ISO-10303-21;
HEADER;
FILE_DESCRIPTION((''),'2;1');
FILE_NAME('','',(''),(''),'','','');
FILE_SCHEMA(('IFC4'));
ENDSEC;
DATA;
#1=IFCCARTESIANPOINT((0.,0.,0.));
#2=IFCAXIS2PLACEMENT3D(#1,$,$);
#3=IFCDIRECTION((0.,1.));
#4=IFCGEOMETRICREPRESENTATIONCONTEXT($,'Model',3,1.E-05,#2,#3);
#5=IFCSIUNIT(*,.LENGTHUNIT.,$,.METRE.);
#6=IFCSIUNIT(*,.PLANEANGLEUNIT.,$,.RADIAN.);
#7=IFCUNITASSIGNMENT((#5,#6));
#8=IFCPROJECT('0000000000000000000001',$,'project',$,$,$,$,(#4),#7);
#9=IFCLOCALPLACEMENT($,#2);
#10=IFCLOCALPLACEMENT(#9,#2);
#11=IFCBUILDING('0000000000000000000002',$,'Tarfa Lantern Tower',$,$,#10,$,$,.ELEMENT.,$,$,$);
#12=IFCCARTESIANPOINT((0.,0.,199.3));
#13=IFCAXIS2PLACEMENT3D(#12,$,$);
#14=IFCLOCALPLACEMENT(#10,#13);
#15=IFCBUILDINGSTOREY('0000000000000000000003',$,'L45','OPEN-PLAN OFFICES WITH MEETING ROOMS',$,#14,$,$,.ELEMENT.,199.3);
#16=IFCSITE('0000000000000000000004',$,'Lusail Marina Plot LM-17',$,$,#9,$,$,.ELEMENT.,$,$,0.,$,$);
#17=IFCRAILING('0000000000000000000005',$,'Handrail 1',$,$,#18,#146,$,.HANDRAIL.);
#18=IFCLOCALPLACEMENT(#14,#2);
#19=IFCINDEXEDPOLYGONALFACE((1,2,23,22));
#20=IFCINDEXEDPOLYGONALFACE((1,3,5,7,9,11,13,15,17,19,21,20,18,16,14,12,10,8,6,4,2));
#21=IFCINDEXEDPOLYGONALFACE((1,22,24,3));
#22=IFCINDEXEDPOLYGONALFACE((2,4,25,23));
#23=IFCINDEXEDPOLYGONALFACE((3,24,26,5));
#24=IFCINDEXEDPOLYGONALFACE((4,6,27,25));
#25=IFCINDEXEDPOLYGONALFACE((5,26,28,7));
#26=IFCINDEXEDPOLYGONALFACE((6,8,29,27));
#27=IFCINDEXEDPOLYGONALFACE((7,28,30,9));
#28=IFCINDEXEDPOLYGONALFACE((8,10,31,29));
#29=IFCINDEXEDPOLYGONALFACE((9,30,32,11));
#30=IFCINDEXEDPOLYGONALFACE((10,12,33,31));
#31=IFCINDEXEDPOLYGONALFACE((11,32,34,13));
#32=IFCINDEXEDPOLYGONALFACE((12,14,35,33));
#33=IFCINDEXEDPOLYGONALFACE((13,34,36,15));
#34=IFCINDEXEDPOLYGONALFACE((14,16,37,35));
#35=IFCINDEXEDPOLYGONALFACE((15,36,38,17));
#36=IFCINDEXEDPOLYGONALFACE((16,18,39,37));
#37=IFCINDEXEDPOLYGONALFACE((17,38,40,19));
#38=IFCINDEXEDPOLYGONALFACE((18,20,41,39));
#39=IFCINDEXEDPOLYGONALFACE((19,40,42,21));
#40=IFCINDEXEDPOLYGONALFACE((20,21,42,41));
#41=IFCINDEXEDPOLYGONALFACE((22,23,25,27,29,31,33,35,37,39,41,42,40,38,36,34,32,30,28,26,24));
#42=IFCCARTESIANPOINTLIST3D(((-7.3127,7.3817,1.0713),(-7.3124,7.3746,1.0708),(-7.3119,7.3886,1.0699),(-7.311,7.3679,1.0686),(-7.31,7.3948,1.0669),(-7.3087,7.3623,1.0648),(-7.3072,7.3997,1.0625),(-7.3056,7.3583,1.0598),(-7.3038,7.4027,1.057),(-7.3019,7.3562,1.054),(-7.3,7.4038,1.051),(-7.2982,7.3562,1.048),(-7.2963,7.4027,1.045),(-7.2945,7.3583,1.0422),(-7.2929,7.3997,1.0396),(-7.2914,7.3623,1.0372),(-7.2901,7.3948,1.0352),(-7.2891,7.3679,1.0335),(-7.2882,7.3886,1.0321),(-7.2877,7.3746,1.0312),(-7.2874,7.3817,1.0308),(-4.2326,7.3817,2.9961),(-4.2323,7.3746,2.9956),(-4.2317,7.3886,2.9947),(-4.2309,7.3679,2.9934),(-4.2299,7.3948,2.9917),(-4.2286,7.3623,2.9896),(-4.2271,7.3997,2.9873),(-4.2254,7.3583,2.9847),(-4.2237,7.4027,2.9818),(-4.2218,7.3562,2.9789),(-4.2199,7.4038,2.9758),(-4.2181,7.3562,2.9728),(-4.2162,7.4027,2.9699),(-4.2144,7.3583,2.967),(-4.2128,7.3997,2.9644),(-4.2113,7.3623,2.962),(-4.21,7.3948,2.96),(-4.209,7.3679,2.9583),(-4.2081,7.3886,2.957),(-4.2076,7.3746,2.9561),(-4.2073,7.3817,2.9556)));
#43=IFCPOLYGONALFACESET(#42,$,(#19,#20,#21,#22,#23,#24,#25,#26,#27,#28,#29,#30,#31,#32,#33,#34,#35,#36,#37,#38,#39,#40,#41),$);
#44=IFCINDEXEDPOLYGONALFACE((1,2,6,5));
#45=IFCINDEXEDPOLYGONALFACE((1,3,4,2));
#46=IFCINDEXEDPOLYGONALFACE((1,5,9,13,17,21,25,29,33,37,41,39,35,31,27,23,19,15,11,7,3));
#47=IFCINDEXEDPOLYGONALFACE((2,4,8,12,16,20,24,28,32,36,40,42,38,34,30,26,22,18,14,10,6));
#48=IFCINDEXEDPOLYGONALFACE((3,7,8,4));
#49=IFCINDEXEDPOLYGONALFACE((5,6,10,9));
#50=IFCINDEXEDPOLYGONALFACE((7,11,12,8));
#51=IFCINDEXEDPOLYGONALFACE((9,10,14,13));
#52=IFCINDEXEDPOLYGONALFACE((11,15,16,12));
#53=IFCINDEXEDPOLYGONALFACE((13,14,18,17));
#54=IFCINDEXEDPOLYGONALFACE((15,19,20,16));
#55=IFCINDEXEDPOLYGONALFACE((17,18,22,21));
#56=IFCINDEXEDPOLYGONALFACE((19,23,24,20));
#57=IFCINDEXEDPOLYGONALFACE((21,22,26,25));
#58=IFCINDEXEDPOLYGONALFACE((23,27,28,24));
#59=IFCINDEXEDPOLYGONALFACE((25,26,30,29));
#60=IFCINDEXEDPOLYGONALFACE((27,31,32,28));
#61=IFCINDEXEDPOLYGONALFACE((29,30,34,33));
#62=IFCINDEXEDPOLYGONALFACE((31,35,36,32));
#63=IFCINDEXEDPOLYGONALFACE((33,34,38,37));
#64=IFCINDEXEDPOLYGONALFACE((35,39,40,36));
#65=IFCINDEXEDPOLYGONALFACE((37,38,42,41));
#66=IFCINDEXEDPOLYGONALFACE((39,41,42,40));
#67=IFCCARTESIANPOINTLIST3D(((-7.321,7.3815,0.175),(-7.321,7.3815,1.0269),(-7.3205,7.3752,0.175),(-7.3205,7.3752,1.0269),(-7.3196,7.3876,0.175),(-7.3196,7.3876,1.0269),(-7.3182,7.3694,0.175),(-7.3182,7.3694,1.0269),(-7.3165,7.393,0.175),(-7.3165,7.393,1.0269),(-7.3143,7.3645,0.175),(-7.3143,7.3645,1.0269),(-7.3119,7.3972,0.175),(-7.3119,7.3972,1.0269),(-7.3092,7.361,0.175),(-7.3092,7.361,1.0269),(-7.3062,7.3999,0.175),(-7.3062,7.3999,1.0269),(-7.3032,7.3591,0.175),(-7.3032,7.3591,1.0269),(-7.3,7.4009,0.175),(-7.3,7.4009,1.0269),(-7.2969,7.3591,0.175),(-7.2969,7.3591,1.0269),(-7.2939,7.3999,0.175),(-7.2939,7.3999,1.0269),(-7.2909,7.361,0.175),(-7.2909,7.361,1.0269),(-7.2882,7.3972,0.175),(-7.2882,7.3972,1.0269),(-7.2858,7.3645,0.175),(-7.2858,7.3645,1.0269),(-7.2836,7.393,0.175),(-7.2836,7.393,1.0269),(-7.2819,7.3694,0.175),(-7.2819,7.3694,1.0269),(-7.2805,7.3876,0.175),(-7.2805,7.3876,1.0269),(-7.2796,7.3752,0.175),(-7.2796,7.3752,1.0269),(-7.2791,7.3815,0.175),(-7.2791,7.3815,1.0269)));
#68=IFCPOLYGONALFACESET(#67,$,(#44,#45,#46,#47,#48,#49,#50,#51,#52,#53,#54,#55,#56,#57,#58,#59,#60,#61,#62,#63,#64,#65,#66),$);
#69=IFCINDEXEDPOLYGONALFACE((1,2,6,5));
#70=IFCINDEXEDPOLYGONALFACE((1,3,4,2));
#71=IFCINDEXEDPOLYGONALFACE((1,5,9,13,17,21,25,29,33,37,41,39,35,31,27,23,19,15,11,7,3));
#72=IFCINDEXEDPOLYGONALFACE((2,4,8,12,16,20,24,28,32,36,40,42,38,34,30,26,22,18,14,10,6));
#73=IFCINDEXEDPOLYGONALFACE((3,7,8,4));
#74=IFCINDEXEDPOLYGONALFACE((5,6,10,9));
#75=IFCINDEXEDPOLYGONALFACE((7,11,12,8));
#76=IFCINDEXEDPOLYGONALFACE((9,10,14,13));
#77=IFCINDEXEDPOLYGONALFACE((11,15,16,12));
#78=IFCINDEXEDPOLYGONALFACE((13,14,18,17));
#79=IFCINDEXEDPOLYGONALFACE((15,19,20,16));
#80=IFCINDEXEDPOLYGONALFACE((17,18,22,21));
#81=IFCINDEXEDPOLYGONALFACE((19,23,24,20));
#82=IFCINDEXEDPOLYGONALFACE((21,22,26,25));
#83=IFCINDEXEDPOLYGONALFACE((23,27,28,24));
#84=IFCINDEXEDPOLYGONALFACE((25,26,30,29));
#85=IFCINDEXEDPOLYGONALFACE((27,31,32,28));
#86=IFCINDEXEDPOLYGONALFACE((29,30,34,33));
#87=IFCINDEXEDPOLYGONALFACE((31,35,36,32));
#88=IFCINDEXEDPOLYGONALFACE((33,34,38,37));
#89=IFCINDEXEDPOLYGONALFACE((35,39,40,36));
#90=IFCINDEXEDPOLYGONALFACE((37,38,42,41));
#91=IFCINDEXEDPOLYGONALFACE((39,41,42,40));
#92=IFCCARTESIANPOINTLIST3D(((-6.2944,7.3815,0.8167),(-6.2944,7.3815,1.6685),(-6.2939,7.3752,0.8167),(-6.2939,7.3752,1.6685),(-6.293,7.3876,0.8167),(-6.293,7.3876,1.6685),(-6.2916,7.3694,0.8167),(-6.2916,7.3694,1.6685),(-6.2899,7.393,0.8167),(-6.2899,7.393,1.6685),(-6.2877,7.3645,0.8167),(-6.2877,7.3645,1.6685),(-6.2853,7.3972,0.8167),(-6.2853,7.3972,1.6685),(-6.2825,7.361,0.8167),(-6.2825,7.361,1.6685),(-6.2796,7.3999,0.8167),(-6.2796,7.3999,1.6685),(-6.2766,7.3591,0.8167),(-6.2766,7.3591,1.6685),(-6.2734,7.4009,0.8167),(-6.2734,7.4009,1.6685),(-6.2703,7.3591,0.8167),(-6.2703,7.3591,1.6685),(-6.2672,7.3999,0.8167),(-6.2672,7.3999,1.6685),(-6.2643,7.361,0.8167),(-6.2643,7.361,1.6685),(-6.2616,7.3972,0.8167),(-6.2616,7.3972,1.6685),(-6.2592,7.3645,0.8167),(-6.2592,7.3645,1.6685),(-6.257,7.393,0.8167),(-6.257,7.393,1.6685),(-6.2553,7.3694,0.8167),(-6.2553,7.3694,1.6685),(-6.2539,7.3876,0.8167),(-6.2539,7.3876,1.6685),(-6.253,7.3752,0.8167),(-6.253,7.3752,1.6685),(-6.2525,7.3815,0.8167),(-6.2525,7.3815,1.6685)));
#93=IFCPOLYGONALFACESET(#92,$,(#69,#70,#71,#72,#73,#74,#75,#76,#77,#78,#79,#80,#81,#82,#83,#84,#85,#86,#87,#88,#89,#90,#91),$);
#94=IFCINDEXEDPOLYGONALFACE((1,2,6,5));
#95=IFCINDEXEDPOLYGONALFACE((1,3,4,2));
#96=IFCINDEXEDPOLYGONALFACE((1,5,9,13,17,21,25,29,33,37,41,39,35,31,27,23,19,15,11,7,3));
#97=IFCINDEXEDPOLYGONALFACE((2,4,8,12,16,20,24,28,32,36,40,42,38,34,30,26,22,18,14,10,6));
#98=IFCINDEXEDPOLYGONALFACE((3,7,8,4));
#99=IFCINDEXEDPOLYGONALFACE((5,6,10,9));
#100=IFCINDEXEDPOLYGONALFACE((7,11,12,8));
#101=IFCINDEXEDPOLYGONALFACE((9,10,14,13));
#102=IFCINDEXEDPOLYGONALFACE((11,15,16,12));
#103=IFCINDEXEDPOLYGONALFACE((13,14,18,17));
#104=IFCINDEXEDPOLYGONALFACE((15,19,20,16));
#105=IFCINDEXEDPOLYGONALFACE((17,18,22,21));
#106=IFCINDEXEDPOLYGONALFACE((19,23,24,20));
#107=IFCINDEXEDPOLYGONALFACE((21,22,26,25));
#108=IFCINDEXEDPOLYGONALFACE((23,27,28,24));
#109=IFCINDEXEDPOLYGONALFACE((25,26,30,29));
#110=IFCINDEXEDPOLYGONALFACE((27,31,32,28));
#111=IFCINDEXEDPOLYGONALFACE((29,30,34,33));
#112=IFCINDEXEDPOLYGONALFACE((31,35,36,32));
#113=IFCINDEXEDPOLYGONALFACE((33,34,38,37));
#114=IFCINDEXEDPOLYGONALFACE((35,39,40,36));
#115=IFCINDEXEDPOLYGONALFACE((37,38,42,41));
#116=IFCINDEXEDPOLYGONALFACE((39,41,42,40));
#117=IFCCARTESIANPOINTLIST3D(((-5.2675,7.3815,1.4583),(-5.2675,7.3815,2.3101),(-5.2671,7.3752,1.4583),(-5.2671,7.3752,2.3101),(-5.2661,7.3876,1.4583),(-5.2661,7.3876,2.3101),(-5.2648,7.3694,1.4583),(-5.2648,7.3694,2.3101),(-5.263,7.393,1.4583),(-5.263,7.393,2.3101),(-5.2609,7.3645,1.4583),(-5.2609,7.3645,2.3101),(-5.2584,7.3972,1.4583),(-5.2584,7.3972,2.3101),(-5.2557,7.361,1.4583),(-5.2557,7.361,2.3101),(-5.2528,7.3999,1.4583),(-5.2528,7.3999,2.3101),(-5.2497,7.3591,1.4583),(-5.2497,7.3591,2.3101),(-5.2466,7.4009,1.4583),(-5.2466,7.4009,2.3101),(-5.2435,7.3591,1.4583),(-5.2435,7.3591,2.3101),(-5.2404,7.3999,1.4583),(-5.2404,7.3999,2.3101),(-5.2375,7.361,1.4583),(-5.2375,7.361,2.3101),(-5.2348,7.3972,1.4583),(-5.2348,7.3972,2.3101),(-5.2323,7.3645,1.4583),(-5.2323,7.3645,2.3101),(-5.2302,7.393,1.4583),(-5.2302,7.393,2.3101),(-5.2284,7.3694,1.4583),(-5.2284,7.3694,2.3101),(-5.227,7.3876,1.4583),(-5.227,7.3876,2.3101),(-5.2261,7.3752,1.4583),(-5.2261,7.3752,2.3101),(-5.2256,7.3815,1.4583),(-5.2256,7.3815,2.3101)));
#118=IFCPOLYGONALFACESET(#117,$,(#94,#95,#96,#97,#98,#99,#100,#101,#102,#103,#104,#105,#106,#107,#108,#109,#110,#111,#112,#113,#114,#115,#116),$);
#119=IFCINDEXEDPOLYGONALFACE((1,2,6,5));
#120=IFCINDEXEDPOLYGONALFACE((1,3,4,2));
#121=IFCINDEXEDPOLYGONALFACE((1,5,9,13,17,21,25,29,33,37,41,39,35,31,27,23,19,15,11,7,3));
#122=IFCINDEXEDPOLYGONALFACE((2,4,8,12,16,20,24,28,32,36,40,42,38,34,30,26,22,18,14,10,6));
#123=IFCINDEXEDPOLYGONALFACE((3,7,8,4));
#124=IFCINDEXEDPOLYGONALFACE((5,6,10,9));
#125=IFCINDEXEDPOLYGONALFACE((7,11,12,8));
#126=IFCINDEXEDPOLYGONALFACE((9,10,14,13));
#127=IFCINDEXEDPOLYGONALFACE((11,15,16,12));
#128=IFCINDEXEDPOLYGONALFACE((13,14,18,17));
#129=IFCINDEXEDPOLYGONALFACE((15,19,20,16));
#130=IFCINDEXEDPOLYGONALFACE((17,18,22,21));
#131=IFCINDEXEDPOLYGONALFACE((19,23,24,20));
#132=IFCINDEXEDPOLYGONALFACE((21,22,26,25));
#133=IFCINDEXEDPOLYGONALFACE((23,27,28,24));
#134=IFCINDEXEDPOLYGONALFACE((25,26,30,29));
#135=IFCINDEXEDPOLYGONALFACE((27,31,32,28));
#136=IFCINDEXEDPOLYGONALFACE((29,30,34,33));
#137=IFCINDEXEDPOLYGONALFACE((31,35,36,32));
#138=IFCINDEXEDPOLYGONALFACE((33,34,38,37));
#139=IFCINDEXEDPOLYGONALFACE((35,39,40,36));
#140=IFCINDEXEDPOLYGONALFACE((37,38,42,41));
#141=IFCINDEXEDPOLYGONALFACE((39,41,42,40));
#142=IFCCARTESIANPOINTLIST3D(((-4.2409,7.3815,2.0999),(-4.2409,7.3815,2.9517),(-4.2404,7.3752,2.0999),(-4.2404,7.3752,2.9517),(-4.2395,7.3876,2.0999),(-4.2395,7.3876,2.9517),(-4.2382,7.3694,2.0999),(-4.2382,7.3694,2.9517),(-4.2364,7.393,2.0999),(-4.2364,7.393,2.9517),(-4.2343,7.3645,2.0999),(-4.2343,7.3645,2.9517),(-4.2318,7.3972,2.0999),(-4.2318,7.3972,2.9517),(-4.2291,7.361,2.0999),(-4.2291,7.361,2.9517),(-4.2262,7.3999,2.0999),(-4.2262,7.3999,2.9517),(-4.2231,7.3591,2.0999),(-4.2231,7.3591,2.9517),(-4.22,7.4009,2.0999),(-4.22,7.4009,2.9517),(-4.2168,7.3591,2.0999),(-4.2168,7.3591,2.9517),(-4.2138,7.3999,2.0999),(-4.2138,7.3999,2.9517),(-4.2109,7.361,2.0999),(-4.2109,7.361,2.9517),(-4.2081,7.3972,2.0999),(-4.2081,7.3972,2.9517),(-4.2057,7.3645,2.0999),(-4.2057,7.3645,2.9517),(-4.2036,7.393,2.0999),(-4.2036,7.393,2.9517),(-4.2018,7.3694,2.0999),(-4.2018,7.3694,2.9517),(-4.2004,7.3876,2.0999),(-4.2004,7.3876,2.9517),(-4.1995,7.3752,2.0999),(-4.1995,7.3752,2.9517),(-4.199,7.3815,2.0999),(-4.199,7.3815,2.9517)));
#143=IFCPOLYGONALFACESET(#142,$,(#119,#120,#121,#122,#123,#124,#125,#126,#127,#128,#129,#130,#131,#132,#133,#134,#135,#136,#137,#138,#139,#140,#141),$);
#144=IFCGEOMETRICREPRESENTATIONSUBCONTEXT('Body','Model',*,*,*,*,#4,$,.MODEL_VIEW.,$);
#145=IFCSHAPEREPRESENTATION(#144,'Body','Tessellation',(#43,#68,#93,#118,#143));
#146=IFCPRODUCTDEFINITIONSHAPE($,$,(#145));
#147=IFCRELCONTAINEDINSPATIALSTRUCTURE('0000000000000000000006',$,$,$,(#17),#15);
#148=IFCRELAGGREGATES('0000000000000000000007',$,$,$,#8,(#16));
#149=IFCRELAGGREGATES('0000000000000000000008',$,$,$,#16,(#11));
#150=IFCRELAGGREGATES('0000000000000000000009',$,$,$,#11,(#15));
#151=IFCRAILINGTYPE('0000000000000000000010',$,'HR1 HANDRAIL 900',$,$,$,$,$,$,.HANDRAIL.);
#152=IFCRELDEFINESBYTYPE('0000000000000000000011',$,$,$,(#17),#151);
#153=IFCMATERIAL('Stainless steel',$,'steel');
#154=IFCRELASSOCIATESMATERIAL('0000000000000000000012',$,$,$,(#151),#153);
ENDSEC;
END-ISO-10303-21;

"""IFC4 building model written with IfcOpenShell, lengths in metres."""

from ifc_helpers import new_model, si_unit, direction, frame, origin, origin_2d, place, context, subcontext, project, spatial, circle, extrude, material, type_object, element, save


model = new_model("IFC4")

# Units and contexts
model_context = context("Model", 3, precision=1e-05, world=origin(), true_north=direction((0.0, 1.0)))
body_context = subcontext(model_context, "Body", "Model", "MODEL_VIEW")
ifc_project = project(units=[si_unit("LENGTHUNIT", "METRE"), si_unit("PLANEANGLEUNIT", "RADIAN")], contexts=[model_context])

# Site, building, storey
site_placement = place(None, origin())
site = spatial("IfcSite", under=ifc_project, at=site_placement, Name="Lusail Marina Plot LM-17", CompositionType="ELEMENT", RefElevation=0.0)
building_placement = place(site_placement, origin())
building = spatial("IfcBuilding", under=site, at=building_placement, Name="Tarfa Lantern Tower", CompositionType="ELEMENT")
storey_placement = place(building_placement, frame((0.0, 0.0, 199.3)))
storey = spatial("IfcBuildingStorey", under=building, at=storey_placement, Name="L45", Description="OPEN-PLAN OFFICES WITH MEETING ROOMS", CompositionType="ELEMENT", Elevation=199.3)

# Railing
ifc_material_1 = material(Name="Stainless steel", Category="steel")
railing_type = type_object("IfcRailingType", Name="HR1 HANDRAIL 900", PredefinedType="HANDRAIL", material=ifc_material_1)
railing_1_placement = place(storey_placement, frame((-7.3, 7.3799, 0.175)))
element("IfcRailing", 1, at=railing_1_placement, inside=storey, type_object=railing_type, Name="Handrail 1", PredefinedType="HANDRAIL", context=body_context, shape_type="SweptSolid", body=[
    extrude(circle(Radius=0.0239, at=origin_2d()), frame((0.0, 0.0, 0.876), z_axis=(0.848029, 0.0, 0.529951), x_axis=(0.0, 1.0, 0.0)), (0.0, 0.0, 1.0), 3.6321),
    extrude(circle(Radius=0.021, at=origin_2d()), frame((0.0, 0.0, 0.0), z_axis=(0.0, 0.0, 1.0), x_axis=(0.0, 1.0, 0.0)), (0.0, 0.0, 1.0), 0.8518),
    extrude(circle(Radius=0.021, at=origin_2d()), frame((1.0266, 0.0, 0.6416), z_axis=(0.0, 0.0, 1.0), x_axis=(0.0, 1.0, 0.0)), (0.0, 0.0, 1.0), 0.8518),
    extrude(circle(Radius=0.021, at=origin_2d()), frame((2.0535, 0.0, 1.2832), z_axis=(0.0, 0.0, 1.0), x_axis=(0.0, 1.0, 0.0)), (0.0, 0.0, 1.0), 0.8518),
    extrude(circle(Radius=0.021, at=origin_2d()), frame((3.0801, 0.0, 1.9248), z_axis=(0.0, 0.0, 1.0), x_axis=(0.0, 1.0, 0.0)), (0.0, 0.0, 1.0), 0.8518),
])

save(model, "model.ifc")
